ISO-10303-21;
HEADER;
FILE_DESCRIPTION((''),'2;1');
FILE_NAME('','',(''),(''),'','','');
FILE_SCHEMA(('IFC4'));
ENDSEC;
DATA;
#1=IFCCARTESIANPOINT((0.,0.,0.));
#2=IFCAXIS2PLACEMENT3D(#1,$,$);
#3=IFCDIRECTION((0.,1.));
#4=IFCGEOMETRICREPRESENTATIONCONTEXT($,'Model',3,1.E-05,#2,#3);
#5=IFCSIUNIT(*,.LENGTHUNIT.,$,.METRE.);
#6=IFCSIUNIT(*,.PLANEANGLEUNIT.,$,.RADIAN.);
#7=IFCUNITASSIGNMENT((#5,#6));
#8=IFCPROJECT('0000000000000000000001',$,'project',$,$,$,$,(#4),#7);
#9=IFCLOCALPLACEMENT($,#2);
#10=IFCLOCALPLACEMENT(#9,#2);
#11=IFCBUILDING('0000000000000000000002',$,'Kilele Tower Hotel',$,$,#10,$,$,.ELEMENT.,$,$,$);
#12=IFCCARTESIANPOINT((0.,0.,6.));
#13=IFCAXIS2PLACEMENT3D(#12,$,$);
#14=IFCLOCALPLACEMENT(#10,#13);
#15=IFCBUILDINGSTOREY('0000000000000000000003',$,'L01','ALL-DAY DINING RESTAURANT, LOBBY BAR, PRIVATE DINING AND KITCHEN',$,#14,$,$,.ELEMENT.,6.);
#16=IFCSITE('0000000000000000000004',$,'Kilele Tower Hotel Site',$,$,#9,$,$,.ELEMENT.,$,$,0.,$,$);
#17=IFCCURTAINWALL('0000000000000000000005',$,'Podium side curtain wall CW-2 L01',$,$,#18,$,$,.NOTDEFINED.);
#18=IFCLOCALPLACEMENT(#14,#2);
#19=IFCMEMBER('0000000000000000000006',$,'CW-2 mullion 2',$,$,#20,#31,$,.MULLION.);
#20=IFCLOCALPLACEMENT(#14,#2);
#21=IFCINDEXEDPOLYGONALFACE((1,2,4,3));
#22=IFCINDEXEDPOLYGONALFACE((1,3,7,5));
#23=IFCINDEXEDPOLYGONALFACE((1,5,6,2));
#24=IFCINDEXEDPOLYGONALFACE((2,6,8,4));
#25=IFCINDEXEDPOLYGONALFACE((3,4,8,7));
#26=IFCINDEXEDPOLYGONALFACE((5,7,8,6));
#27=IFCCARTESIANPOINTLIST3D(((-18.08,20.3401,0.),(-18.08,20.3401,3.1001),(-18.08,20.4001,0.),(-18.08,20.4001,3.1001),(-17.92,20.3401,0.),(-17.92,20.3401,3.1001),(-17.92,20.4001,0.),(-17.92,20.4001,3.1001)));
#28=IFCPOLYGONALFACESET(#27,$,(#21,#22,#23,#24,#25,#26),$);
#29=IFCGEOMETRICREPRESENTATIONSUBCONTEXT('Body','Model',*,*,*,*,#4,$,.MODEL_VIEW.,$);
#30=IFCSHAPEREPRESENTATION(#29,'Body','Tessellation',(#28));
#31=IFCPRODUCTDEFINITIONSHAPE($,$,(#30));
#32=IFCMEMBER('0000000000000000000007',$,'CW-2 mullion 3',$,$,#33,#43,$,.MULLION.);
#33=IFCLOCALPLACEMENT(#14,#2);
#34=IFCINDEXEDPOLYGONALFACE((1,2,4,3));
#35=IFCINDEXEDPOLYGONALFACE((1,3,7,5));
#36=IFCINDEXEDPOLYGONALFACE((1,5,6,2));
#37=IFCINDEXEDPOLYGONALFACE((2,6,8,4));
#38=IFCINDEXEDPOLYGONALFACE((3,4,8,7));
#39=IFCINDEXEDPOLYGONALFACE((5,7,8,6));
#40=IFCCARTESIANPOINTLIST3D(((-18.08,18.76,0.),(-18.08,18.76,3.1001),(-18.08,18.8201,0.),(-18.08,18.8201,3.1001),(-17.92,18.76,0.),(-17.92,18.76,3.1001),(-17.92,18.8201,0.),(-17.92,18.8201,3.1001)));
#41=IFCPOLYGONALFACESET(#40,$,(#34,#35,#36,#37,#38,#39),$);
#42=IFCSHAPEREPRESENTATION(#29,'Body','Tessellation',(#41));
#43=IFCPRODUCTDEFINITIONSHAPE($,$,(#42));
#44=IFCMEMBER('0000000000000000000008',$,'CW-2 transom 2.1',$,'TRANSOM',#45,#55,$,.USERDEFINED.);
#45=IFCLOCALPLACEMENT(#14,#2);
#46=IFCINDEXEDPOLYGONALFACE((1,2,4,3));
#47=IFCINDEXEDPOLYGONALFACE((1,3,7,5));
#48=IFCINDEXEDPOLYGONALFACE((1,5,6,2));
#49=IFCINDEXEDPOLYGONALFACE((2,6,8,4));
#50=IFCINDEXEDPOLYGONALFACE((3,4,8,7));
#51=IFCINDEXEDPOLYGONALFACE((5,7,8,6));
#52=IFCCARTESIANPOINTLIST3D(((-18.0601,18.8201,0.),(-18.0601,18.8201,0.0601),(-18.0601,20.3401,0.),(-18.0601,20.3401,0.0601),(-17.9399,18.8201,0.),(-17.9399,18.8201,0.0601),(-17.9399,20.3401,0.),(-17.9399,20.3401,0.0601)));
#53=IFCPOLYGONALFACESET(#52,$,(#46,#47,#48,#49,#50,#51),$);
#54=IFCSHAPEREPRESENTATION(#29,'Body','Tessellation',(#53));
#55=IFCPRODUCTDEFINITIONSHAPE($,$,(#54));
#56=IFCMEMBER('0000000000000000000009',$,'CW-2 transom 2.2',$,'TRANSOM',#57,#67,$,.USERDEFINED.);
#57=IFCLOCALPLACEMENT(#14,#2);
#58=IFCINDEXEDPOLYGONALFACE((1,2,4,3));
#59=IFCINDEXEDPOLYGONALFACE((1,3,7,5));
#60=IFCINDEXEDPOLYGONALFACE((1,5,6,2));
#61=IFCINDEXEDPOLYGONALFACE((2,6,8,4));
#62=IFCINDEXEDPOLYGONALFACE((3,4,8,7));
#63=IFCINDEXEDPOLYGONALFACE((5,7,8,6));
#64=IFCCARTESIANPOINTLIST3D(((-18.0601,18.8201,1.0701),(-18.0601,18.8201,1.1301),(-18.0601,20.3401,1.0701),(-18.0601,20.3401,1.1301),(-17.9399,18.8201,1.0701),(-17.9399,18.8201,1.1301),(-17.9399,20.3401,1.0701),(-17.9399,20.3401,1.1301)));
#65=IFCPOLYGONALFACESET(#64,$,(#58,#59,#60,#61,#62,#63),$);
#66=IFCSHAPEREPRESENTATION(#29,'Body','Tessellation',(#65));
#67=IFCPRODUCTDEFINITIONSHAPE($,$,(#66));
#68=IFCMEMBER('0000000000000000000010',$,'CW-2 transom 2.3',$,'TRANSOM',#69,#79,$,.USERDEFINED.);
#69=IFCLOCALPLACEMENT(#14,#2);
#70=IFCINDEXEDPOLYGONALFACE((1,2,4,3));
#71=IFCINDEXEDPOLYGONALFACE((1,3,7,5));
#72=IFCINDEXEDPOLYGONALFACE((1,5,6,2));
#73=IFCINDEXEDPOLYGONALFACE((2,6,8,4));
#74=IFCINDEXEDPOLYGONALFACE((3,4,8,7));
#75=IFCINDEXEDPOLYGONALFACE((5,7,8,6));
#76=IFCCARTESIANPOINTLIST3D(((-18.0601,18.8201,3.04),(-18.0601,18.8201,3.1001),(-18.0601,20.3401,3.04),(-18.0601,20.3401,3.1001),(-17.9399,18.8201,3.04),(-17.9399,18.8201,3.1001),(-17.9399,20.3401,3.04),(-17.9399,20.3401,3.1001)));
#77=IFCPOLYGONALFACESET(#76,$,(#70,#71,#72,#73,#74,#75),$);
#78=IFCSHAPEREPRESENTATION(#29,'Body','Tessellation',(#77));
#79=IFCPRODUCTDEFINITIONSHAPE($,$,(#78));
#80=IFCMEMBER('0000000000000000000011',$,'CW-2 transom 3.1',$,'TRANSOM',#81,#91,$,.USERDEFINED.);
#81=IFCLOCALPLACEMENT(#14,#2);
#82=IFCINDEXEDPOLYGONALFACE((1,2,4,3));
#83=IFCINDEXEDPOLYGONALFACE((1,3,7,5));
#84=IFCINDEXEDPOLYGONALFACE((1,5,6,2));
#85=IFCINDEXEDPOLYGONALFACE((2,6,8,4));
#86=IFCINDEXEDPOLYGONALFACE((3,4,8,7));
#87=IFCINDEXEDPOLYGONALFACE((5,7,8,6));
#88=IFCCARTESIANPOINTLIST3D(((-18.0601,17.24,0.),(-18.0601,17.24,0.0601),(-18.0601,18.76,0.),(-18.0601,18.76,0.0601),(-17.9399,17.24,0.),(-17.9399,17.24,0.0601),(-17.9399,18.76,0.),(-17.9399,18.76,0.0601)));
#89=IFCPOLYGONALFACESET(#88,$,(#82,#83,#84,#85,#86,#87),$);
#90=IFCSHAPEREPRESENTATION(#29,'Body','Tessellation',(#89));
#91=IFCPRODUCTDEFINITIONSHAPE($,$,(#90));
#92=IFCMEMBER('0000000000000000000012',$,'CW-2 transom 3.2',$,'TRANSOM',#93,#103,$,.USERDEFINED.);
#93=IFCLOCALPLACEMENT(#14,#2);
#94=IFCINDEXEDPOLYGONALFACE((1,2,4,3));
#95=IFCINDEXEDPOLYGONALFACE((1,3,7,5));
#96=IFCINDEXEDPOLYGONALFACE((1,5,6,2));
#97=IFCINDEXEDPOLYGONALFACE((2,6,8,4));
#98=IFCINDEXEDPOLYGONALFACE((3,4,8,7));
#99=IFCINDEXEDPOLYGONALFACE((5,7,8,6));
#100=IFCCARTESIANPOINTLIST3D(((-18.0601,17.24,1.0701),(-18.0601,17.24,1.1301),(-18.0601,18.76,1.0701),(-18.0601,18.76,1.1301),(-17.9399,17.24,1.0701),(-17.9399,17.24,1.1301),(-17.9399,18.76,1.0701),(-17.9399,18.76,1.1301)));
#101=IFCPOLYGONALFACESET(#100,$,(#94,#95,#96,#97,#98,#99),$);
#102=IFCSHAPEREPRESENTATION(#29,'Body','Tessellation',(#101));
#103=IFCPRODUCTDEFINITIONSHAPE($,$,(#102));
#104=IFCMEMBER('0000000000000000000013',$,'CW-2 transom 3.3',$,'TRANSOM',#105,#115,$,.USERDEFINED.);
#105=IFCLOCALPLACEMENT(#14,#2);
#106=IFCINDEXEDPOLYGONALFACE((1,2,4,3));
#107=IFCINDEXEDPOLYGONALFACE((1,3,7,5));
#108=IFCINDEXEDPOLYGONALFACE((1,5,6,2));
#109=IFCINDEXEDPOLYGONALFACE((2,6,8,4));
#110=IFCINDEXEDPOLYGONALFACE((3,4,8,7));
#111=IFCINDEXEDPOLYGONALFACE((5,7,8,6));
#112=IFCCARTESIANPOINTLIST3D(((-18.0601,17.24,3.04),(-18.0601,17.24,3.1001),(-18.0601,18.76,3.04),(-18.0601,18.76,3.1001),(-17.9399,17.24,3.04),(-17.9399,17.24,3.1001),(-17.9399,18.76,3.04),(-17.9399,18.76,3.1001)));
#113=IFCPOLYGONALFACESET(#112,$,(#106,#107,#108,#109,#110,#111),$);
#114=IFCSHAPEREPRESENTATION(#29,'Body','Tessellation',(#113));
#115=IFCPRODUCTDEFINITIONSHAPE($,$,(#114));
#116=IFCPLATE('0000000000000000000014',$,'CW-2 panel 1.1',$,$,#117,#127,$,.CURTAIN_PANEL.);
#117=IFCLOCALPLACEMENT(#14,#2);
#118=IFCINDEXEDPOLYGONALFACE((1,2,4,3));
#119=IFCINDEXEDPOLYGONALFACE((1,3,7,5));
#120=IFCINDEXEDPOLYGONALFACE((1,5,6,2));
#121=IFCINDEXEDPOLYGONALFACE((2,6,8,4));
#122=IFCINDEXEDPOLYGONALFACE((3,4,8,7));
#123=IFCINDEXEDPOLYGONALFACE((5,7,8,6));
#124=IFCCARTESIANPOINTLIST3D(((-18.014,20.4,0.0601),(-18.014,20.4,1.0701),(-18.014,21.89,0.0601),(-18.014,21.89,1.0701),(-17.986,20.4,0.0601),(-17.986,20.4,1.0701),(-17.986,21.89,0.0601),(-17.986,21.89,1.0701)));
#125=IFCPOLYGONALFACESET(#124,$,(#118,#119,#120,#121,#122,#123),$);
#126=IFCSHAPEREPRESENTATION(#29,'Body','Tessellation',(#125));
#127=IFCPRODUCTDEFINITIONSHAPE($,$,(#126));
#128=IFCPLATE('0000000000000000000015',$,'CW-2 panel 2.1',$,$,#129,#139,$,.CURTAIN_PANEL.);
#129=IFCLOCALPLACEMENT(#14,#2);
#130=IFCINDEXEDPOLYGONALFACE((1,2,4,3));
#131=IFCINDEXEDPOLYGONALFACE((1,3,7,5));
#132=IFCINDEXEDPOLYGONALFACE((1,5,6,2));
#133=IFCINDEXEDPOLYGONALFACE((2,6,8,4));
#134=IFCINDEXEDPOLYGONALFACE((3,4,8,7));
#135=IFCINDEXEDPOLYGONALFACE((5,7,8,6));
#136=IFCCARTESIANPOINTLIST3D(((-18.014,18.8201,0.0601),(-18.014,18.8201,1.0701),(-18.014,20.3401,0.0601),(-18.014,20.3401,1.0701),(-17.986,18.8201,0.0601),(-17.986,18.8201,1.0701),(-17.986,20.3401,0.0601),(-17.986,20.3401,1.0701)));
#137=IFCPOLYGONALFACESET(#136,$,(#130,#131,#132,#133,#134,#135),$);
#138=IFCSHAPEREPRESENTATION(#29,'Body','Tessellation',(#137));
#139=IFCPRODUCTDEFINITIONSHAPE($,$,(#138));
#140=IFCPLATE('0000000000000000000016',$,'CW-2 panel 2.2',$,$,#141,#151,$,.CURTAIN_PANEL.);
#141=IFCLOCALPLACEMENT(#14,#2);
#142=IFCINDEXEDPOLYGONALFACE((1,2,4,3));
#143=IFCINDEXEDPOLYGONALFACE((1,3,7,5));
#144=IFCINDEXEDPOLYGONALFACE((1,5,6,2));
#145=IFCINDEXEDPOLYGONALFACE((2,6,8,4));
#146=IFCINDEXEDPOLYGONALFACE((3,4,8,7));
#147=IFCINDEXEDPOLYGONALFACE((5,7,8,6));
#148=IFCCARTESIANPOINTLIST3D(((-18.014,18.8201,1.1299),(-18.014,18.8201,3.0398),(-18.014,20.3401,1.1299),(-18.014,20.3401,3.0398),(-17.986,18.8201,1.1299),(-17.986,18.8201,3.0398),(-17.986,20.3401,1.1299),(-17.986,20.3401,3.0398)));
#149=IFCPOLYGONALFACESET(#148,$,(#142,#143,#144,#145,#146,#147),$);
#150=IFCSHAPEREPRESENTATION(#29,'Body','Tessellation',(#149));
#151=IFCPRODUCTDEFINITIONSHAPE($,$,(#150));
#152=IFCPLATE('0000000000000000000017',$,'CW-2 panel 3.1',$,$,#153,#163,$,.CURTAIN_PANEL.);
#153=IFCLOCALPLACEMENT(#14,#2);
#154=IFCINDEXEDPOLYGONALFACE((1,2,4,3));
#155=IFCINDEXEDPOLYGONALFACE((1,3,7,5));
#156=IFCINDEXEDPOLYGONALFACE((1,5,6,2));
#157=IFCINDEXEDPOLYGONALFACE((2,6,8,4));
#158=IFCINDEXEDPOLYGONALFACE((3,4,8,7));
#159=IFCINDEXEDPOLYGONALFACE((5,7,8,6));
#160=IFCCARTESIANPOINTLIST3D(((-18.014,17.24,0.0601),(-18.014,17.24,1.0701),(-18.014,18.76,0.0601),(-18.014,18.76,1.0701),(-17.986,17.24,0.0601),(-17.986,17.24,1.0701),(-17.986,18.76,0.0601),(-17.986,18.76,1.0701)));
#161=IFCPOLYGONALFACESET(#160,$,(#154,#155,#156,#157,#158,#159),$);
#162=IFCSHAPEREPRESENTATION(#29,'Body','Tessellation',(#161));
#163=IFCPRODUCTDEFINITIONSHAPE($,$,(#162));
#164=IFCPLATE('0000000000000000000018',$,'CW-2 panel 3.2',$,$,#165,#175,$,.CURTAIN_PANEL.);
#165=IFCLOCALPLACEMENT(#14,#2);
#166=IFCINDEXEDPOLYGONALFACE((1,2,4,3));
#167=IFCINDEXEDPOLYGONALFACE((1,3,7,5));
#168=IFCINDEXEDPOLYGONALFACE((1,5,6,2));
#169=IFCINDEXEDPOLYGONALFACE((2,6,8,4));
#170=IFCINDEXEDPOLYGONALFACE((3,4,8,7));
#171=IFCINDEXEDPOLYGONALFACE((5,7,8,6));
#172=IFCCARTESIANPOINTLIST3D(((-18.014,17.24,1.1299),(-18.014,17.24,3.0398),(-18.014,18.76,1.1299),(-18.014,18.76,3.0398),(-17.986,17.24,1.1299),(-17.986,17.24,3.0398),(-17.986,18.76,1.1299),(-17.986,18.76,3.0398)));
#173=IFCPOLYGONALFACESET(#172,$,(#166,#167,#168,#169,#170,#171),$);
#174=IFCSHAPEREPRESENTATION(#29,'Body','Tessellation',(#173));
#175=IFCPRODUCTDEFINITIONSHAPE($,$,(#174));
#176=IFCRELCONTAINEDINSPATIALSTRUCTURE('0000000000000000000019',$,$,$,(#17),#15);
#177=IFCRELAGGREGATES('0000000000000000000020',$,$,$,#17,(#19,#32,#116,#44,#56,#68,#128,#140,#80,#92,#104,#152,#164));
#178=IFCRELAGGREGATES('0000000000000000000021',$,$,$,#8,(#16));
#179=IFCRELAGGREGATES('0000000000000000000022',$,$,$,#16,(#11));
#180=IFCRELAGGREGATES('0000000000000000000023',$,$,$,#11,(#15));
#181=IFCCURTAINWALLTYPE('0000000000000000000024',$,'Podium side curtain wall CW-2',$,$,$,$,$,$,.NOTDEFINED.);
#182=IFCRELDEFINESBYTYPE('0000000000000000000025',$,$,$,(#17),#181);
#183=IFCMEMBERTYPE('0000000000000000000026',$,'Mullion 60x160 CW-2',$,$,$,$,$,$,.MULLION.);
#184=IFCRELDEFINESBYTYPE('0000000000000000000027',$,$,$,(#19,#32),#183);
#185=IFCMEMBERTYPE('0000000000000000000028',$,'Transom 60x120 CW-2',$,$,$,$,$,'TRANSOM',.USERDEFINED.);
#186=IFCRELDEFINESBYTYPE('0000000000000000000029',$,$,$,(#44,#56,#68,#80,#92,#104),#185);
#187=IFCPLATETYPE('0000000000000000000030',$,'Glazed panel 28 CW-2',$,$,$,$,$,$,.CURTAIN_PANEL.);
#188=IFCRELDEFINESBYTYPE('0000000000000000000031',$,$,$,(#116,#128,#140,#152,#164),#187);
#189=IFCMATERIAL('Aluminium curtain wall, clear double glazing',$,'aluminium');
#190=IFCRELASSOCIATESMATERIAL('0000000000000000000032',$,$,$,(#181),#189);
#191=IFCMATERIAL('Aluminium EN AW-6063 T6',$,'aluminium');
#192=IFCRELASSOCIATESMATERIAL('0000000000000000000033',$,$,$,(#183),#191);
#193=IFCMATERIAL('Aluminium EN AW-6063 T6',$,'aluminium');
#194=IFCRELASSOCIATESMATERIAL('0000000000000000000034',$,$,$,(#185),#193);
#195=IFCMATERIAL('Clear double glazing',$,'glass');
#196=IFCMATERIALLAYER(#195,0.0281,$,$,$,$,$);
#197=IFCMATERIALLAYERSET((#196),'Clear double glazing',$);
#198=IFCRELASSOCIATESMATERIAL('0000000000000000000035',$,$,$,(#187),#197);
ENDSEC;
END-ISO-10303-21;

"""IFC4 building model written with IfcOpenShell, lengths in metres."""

from ifc_helpers import new_model, si_unit, direction, frame, origin, origin_2d, place, context, subcontext, project, spatial, rectangle, extrude, material, layer, layer_set, material_profile, profile_set, type_object, element, aggregate, save


model = new_model("IFC4")

# Units and contexts
model_context = context("Model", 3, precision=1e-05, world=origin(), true_north=direction((0.0, 1.0)))
body_context = subcontext(model_context, "Body", "Model", "MODEL_VIEW")
ifc_project = project(units=[si_unit("LENGTHUNIT", "METRE"), si_unit("PLANEANGLEUNIT", "RADIAN")], contexts=[model_context])

# Site, building, storey
site_placement = place(None, origin())
site = spatial("IfcSite", under=ifc_project, at=site_placement, Name="Kilele Tower Hotel Site", CompositionType="ELEMENT", RefElevation=0.0)
building_placement = place(site_placement, origin())
building = spatial("IfcBuilding", under=site, at=building_placement, Name="Kilele Tower Hotel", CompositionType="ELEMENT")
storey_placement = place(building_placement, frame((0.0, 0.0, 6.0)))
storey = spatial("IfcBuildingStorey", under=building, at=storey_placement, Name="L01", Description="ALL-DAY DINING RESTAURANT, LOBBY BAR, PRIVATE DINING AND KITCHEN", CompositionType="ELEMENT", Elevation=6.0)

# Curtain wall, members, plates
ifc_material_1 = material(Name="Aluminium curtain wall, clear double glazing", Category="aluminium")
curtain_wall_type = type_object("IfcCurtainWallType", Name="Podium side curtain wall CW-2", PredefinedType="NOTDEFINED", material=ifc_material_1)
curtain_wall_placement = place(storey_placement, origin())
curtain_wall = element("IfcCurtainWall", 1, at=curtain_wall_placement, inside=storey, type_object=curtain_wall_type, Name="Podium side curtain wall CW-2 L01", PredefinedType="NOTDEFINED")
ifc_material_2 = material(Name="Aluminium EN AW-6063 T6", Category="aluminium")
ifc_material_profile_1 = material_profile(ifc_material_2, rectangle(XDim=0.1599, YDim=0.0601, at=origin_2d()))
ifc_profile_set_1 = profile_set([ifc_material_profile_1], Name="Aluminium EN AW-6063 T6")
member_type_1 = type_object("IfcMemberType", Name="Mullion 60x160 CW-2", PredefinedType="MULLION", material=ifc_profile_set_1)
member_1_placement = place(storey_placement, frame((-18.0, 20.3701, 0.0), z_axis=(0.0, 0.0, 1.0), x_axis=(1.0, 0.0, 0.0)))
member_1 = element("IfcMember", 2, at=member_1_placement, type_object=member_type_1, Name="CW-2 mullion 2", PredefinedType="MULLION", context=body_context, shape_type="SweptSolid", body=[
    extrude(rectangle(XDim=0.1599, YDim=0.0601, at=origin_2d()), origin(), (0.0, 0.0, 1.0), 3.1001),
])
member_2_placement = place(storey_placement, frame((-18.0, 18.79, 0.0), z_axis=(0.0, 0.0, 1.0), x_axis=(1.0, 0.0, 0.0)))
member_2 = element("IfcMember", 3, at=member_2_placement, type_object=member_type_1, Name="CW-2 mullion 3", PredefinedType="MULLION", context=body_context, shape_type="SweptSolid", body=[
    extrude(rectangle(XDim=0.1599, YDim=0.0601, at=origin_2d()), origin(), (0.0, 0.0, 1.0), 3.1001),
])
ifc_material_3 = material(Name="Aluminium EN AW-6063 T6", Category="aluminium")
ifc_material_profile_2 = material_profile(ifc_material_3, rectangle(XDim=0.1201, YDim=0.0601, at=origin_2d()))
ifc_profile_set_2 = profile_set([ifc_material_profile_2], Name="Aluminium EN AW-6063 T6")
member_type_2 = type_object("IfcMemberType", Name="Transom 60x120 CW-2", ElementType="TRANSOM", PredefinedType="USERDEFINED", material=ifc_profile_set_2)
member_3_placement = place(storey_placement, frame((-18.0, 20.3401, 0.03), z_axis=(0.0, -1.0, 0.0), x_axis=(1.0, 0.0, 0.0)))
member_3 = element("IfcMember", 4, at=member_3_placement, type_object=member_type_2, Name="CW-2 transom 2.1", ObjectType="TRANSOM", PredefinedType="USERDEFINED", context=body_context, shape_type="SweptSolid", body=[
    extrude(rectangle(XDim=0.1201, YDim=0.0601, at=origin_2d()), origin(), (0.0, 0.0, 1.0), 1.52),
])
member_4_placement = place(storey_placement, frame((-18.0, 20.3401, 1.1001), z_axis=(0.0, -1.0, 0.0), x_axis=(1.0, 0.0, 0.0)))
member_4 = element("IfcMember", 5, at=member_4_placement, type_object=member_type_2, Name="CW-2 transom 2.2", ObjectType="TRANSOM", PredefinedType="USERDEFINED", context=body_context, shape_type="SweptSolid", body=[
    extrude(rectangle(XDim=0.1201, YDim=0.0601, at=origin_2d()), origin(), (0.0, 0.0, 1.0), 1.52),
])
member_5_placement = place(storey_placement, frame((-18.0, 20.3401, 3.0701), z_axis=(0.0, -1.0, 0.0), x_axis=(1.0, 0.0, 0.0)))
member_5 = element("IfcMember", 6, at=member_5_placement, type_object=member_type_2, Name="CW-2 transom 2.3", ObjectType="TRANSOM", PredefinedType="USERDEFINED", context=body_context, shape_type="SweptSolid", body=[
    extrude(rectangle(XDim=0.1201, YDim=0.0601, at=origin_2d()), origin(), (0.0, 0.0, 1.0), 1.52),
])
member_6_placement = place(storey_placement, frame((-18.0, 18.76, 0.03), z_axis=(0.0, -1.0, 0.0), x_axis=(1.0, 0.0, 0.0)))
member_6 = element("IfcMember", 7, at=member_6_placement, type_object=member_type_2, Name="CW-2 transom 3.1", ObjectType="TRANSOM", PredefinedType="USERDEFINED", context=body_context, shape_type="SweptSolid", body=[
    extrude(rectangle(XDim=0.1201, YDim=0.0601, at=origin_2d()), origin(), (0.0, 0.0, 1.0), 1.52),
])
member_7_placement = place(storey_placement, frame((-18.0, 18.76, 1.1001), z_axis=(0.0, -1.0, 0.0), x_axis=(1.0, 0.0, 0.0)))
member_7 = element("IfcMember", 8, at=member_7_placement, type_object=member_type_2, Name="CW-2 transom 3.2", ObjectType="TRANSOM", PredefinedType="USERDEFINED", context=body_context, shape_type="SweptSolid", body=[
    extrude(rectangle(XDim=0.1201, YDim=0.0601, at=origin_2d()), origin(), (0.0, 0.0, 1.0), 1.52),
])
member_8_placement = place(storey_placement, frame((-18.0, 18.76, 3.0701), z_axis=(0.0, -1.0, 0.0), x_axis=(1.0, 0.0, 0.0)))
member_8 = element("IfcMember", 9, at=member_8_placement, type_object=member_type_2, Name="CW-2 transom 3.3", ObjectType="TRANSOM", PredefinedType="USERDEFINED", context=body_context, shape_type="SweptSolid", body=[
    extrude(rectangle(XDim=0.1201, YDim=0.0601, at=origin_2d()), origin(), (0.0, 0.0, 1.0), 1.52),
])
ifc_material_4 = material(Name="Clear double glazing", Category="glass")
ifc_layer_1 = layer(ifc_material_4, 0.0281)
ifc_layer_set_1 = layer_set([ifc_layer_1], Name="Clear double glazing")
plate_type = type_object("IfcPlateType", Name="Glazed panel 28 CW-2", PredefinedType="CURTAIN_PANEL", material=ifc_layer_set_1)
plate_1_placement = place(storey_placement, frame((-18.0, 21.145, 0.0601), z_axis=(0.0, 0.0, 1.0), x_axis=(0.0, -1.0, 0.0)))
plate_1 = element("IfcPlate", 10, at=plate_1_placement, type_object=plate_type, Name="CW-2 panel 1.1", PredefinedType="CURTAIN_PANEL", context=body_context, shape_type="SweptSolid", body=[
    extrude(rectangle(XDim=1.49, YDim=0.0281, at=origin_2d()), origin(), (0.0, 0.0, 1.0), 1.01),
])
plate_2_placement = place(storey_placement, frame((-18.0, 19.5801, 0.0601), z_axis=(0.0, 0.0, 1.0), x_axis=(0.0, -1.0, 0.0)))
plate_2 = element("IfcPlate", 11, at=plate_2_placement, type_object=plate_type, Name="CW-2 panel 2.1", PredefinedType="CURTAIN_PANEL", context=body_context, shape_type="SweptSolid", body=[
    extrude(rectangle(XDim=1.52, YDim=0.0281, at=origin_2d()), origin(), (0.0, 0.0, 1.0), 1.01),
])
plate_3_placement = place(storey_placement, frame((-18.0, 19.5801, 1.1299), z_axis=(0.0, 0.0, 1.0), x_axis=(0.0, -1.0, 0.0)))
plate_3 = element("IfcPlate", 12, at=plate_3_placement, type_object=plate_type, Name="CW-2 panel 2.2", PredefinedType="CURTAIN_PANEL", context=body_context, shape_type="SweptSolid", body=[
    extrude(rectangle(XDim=1.52, YDim=0.0281, at=origin_2d()), origin(), (0.0, 0.0, 1.0), 1.9099),
])
plate_4_placement = place(storey_placement, frame((-18.0, 18.0, 0.0601), z_axis=(0.0, 0.0, 1.0), x_axis=(0.0, -1.0, 0.0)))
plate_4 = element("IfcPlate", 13, at=plate_4_placement, type_object=plate_type, Name="CW-2 panel 3.1", PredefinedType="CURTAIN_PANEL", context=body_context, shape_type="SweptSolid", body=[
    extrude(rectangle(XDim=1.52, YDim=0.0281, at=origin_2d()), origin(), (0.0, 0.0, 1.0), 1.01),
])
plate_5_placement = place(storey_placement, frame((-18.0, 18.0, 1.1299), z_axis=(0.0, 0.0, 1.0), x_axis=(0.0, -1.0, 0.0)))
plate_5 = element("IfcPlate", 14, at=plate_5_placement, type_object=plate_type, Name="CW-2 panel 3.2", PredefinedType="CURTAIN_PANEL", context=body_context, shape_type="SweptSolid", body=[
    extrude(rectangle(XDim=1.52, YDim=0.0281, at=origin_2d()), origin(), (0.0, 0.0, 1.0), 1.9099),
])
aggregate(curtain_wall, [member_1, member_2, plate_1, member_3, member_4, member_5, plate_2, plate_3, member_6, member_7, member_8, plate_4, plate_5])

save(model, "model.ifc")
